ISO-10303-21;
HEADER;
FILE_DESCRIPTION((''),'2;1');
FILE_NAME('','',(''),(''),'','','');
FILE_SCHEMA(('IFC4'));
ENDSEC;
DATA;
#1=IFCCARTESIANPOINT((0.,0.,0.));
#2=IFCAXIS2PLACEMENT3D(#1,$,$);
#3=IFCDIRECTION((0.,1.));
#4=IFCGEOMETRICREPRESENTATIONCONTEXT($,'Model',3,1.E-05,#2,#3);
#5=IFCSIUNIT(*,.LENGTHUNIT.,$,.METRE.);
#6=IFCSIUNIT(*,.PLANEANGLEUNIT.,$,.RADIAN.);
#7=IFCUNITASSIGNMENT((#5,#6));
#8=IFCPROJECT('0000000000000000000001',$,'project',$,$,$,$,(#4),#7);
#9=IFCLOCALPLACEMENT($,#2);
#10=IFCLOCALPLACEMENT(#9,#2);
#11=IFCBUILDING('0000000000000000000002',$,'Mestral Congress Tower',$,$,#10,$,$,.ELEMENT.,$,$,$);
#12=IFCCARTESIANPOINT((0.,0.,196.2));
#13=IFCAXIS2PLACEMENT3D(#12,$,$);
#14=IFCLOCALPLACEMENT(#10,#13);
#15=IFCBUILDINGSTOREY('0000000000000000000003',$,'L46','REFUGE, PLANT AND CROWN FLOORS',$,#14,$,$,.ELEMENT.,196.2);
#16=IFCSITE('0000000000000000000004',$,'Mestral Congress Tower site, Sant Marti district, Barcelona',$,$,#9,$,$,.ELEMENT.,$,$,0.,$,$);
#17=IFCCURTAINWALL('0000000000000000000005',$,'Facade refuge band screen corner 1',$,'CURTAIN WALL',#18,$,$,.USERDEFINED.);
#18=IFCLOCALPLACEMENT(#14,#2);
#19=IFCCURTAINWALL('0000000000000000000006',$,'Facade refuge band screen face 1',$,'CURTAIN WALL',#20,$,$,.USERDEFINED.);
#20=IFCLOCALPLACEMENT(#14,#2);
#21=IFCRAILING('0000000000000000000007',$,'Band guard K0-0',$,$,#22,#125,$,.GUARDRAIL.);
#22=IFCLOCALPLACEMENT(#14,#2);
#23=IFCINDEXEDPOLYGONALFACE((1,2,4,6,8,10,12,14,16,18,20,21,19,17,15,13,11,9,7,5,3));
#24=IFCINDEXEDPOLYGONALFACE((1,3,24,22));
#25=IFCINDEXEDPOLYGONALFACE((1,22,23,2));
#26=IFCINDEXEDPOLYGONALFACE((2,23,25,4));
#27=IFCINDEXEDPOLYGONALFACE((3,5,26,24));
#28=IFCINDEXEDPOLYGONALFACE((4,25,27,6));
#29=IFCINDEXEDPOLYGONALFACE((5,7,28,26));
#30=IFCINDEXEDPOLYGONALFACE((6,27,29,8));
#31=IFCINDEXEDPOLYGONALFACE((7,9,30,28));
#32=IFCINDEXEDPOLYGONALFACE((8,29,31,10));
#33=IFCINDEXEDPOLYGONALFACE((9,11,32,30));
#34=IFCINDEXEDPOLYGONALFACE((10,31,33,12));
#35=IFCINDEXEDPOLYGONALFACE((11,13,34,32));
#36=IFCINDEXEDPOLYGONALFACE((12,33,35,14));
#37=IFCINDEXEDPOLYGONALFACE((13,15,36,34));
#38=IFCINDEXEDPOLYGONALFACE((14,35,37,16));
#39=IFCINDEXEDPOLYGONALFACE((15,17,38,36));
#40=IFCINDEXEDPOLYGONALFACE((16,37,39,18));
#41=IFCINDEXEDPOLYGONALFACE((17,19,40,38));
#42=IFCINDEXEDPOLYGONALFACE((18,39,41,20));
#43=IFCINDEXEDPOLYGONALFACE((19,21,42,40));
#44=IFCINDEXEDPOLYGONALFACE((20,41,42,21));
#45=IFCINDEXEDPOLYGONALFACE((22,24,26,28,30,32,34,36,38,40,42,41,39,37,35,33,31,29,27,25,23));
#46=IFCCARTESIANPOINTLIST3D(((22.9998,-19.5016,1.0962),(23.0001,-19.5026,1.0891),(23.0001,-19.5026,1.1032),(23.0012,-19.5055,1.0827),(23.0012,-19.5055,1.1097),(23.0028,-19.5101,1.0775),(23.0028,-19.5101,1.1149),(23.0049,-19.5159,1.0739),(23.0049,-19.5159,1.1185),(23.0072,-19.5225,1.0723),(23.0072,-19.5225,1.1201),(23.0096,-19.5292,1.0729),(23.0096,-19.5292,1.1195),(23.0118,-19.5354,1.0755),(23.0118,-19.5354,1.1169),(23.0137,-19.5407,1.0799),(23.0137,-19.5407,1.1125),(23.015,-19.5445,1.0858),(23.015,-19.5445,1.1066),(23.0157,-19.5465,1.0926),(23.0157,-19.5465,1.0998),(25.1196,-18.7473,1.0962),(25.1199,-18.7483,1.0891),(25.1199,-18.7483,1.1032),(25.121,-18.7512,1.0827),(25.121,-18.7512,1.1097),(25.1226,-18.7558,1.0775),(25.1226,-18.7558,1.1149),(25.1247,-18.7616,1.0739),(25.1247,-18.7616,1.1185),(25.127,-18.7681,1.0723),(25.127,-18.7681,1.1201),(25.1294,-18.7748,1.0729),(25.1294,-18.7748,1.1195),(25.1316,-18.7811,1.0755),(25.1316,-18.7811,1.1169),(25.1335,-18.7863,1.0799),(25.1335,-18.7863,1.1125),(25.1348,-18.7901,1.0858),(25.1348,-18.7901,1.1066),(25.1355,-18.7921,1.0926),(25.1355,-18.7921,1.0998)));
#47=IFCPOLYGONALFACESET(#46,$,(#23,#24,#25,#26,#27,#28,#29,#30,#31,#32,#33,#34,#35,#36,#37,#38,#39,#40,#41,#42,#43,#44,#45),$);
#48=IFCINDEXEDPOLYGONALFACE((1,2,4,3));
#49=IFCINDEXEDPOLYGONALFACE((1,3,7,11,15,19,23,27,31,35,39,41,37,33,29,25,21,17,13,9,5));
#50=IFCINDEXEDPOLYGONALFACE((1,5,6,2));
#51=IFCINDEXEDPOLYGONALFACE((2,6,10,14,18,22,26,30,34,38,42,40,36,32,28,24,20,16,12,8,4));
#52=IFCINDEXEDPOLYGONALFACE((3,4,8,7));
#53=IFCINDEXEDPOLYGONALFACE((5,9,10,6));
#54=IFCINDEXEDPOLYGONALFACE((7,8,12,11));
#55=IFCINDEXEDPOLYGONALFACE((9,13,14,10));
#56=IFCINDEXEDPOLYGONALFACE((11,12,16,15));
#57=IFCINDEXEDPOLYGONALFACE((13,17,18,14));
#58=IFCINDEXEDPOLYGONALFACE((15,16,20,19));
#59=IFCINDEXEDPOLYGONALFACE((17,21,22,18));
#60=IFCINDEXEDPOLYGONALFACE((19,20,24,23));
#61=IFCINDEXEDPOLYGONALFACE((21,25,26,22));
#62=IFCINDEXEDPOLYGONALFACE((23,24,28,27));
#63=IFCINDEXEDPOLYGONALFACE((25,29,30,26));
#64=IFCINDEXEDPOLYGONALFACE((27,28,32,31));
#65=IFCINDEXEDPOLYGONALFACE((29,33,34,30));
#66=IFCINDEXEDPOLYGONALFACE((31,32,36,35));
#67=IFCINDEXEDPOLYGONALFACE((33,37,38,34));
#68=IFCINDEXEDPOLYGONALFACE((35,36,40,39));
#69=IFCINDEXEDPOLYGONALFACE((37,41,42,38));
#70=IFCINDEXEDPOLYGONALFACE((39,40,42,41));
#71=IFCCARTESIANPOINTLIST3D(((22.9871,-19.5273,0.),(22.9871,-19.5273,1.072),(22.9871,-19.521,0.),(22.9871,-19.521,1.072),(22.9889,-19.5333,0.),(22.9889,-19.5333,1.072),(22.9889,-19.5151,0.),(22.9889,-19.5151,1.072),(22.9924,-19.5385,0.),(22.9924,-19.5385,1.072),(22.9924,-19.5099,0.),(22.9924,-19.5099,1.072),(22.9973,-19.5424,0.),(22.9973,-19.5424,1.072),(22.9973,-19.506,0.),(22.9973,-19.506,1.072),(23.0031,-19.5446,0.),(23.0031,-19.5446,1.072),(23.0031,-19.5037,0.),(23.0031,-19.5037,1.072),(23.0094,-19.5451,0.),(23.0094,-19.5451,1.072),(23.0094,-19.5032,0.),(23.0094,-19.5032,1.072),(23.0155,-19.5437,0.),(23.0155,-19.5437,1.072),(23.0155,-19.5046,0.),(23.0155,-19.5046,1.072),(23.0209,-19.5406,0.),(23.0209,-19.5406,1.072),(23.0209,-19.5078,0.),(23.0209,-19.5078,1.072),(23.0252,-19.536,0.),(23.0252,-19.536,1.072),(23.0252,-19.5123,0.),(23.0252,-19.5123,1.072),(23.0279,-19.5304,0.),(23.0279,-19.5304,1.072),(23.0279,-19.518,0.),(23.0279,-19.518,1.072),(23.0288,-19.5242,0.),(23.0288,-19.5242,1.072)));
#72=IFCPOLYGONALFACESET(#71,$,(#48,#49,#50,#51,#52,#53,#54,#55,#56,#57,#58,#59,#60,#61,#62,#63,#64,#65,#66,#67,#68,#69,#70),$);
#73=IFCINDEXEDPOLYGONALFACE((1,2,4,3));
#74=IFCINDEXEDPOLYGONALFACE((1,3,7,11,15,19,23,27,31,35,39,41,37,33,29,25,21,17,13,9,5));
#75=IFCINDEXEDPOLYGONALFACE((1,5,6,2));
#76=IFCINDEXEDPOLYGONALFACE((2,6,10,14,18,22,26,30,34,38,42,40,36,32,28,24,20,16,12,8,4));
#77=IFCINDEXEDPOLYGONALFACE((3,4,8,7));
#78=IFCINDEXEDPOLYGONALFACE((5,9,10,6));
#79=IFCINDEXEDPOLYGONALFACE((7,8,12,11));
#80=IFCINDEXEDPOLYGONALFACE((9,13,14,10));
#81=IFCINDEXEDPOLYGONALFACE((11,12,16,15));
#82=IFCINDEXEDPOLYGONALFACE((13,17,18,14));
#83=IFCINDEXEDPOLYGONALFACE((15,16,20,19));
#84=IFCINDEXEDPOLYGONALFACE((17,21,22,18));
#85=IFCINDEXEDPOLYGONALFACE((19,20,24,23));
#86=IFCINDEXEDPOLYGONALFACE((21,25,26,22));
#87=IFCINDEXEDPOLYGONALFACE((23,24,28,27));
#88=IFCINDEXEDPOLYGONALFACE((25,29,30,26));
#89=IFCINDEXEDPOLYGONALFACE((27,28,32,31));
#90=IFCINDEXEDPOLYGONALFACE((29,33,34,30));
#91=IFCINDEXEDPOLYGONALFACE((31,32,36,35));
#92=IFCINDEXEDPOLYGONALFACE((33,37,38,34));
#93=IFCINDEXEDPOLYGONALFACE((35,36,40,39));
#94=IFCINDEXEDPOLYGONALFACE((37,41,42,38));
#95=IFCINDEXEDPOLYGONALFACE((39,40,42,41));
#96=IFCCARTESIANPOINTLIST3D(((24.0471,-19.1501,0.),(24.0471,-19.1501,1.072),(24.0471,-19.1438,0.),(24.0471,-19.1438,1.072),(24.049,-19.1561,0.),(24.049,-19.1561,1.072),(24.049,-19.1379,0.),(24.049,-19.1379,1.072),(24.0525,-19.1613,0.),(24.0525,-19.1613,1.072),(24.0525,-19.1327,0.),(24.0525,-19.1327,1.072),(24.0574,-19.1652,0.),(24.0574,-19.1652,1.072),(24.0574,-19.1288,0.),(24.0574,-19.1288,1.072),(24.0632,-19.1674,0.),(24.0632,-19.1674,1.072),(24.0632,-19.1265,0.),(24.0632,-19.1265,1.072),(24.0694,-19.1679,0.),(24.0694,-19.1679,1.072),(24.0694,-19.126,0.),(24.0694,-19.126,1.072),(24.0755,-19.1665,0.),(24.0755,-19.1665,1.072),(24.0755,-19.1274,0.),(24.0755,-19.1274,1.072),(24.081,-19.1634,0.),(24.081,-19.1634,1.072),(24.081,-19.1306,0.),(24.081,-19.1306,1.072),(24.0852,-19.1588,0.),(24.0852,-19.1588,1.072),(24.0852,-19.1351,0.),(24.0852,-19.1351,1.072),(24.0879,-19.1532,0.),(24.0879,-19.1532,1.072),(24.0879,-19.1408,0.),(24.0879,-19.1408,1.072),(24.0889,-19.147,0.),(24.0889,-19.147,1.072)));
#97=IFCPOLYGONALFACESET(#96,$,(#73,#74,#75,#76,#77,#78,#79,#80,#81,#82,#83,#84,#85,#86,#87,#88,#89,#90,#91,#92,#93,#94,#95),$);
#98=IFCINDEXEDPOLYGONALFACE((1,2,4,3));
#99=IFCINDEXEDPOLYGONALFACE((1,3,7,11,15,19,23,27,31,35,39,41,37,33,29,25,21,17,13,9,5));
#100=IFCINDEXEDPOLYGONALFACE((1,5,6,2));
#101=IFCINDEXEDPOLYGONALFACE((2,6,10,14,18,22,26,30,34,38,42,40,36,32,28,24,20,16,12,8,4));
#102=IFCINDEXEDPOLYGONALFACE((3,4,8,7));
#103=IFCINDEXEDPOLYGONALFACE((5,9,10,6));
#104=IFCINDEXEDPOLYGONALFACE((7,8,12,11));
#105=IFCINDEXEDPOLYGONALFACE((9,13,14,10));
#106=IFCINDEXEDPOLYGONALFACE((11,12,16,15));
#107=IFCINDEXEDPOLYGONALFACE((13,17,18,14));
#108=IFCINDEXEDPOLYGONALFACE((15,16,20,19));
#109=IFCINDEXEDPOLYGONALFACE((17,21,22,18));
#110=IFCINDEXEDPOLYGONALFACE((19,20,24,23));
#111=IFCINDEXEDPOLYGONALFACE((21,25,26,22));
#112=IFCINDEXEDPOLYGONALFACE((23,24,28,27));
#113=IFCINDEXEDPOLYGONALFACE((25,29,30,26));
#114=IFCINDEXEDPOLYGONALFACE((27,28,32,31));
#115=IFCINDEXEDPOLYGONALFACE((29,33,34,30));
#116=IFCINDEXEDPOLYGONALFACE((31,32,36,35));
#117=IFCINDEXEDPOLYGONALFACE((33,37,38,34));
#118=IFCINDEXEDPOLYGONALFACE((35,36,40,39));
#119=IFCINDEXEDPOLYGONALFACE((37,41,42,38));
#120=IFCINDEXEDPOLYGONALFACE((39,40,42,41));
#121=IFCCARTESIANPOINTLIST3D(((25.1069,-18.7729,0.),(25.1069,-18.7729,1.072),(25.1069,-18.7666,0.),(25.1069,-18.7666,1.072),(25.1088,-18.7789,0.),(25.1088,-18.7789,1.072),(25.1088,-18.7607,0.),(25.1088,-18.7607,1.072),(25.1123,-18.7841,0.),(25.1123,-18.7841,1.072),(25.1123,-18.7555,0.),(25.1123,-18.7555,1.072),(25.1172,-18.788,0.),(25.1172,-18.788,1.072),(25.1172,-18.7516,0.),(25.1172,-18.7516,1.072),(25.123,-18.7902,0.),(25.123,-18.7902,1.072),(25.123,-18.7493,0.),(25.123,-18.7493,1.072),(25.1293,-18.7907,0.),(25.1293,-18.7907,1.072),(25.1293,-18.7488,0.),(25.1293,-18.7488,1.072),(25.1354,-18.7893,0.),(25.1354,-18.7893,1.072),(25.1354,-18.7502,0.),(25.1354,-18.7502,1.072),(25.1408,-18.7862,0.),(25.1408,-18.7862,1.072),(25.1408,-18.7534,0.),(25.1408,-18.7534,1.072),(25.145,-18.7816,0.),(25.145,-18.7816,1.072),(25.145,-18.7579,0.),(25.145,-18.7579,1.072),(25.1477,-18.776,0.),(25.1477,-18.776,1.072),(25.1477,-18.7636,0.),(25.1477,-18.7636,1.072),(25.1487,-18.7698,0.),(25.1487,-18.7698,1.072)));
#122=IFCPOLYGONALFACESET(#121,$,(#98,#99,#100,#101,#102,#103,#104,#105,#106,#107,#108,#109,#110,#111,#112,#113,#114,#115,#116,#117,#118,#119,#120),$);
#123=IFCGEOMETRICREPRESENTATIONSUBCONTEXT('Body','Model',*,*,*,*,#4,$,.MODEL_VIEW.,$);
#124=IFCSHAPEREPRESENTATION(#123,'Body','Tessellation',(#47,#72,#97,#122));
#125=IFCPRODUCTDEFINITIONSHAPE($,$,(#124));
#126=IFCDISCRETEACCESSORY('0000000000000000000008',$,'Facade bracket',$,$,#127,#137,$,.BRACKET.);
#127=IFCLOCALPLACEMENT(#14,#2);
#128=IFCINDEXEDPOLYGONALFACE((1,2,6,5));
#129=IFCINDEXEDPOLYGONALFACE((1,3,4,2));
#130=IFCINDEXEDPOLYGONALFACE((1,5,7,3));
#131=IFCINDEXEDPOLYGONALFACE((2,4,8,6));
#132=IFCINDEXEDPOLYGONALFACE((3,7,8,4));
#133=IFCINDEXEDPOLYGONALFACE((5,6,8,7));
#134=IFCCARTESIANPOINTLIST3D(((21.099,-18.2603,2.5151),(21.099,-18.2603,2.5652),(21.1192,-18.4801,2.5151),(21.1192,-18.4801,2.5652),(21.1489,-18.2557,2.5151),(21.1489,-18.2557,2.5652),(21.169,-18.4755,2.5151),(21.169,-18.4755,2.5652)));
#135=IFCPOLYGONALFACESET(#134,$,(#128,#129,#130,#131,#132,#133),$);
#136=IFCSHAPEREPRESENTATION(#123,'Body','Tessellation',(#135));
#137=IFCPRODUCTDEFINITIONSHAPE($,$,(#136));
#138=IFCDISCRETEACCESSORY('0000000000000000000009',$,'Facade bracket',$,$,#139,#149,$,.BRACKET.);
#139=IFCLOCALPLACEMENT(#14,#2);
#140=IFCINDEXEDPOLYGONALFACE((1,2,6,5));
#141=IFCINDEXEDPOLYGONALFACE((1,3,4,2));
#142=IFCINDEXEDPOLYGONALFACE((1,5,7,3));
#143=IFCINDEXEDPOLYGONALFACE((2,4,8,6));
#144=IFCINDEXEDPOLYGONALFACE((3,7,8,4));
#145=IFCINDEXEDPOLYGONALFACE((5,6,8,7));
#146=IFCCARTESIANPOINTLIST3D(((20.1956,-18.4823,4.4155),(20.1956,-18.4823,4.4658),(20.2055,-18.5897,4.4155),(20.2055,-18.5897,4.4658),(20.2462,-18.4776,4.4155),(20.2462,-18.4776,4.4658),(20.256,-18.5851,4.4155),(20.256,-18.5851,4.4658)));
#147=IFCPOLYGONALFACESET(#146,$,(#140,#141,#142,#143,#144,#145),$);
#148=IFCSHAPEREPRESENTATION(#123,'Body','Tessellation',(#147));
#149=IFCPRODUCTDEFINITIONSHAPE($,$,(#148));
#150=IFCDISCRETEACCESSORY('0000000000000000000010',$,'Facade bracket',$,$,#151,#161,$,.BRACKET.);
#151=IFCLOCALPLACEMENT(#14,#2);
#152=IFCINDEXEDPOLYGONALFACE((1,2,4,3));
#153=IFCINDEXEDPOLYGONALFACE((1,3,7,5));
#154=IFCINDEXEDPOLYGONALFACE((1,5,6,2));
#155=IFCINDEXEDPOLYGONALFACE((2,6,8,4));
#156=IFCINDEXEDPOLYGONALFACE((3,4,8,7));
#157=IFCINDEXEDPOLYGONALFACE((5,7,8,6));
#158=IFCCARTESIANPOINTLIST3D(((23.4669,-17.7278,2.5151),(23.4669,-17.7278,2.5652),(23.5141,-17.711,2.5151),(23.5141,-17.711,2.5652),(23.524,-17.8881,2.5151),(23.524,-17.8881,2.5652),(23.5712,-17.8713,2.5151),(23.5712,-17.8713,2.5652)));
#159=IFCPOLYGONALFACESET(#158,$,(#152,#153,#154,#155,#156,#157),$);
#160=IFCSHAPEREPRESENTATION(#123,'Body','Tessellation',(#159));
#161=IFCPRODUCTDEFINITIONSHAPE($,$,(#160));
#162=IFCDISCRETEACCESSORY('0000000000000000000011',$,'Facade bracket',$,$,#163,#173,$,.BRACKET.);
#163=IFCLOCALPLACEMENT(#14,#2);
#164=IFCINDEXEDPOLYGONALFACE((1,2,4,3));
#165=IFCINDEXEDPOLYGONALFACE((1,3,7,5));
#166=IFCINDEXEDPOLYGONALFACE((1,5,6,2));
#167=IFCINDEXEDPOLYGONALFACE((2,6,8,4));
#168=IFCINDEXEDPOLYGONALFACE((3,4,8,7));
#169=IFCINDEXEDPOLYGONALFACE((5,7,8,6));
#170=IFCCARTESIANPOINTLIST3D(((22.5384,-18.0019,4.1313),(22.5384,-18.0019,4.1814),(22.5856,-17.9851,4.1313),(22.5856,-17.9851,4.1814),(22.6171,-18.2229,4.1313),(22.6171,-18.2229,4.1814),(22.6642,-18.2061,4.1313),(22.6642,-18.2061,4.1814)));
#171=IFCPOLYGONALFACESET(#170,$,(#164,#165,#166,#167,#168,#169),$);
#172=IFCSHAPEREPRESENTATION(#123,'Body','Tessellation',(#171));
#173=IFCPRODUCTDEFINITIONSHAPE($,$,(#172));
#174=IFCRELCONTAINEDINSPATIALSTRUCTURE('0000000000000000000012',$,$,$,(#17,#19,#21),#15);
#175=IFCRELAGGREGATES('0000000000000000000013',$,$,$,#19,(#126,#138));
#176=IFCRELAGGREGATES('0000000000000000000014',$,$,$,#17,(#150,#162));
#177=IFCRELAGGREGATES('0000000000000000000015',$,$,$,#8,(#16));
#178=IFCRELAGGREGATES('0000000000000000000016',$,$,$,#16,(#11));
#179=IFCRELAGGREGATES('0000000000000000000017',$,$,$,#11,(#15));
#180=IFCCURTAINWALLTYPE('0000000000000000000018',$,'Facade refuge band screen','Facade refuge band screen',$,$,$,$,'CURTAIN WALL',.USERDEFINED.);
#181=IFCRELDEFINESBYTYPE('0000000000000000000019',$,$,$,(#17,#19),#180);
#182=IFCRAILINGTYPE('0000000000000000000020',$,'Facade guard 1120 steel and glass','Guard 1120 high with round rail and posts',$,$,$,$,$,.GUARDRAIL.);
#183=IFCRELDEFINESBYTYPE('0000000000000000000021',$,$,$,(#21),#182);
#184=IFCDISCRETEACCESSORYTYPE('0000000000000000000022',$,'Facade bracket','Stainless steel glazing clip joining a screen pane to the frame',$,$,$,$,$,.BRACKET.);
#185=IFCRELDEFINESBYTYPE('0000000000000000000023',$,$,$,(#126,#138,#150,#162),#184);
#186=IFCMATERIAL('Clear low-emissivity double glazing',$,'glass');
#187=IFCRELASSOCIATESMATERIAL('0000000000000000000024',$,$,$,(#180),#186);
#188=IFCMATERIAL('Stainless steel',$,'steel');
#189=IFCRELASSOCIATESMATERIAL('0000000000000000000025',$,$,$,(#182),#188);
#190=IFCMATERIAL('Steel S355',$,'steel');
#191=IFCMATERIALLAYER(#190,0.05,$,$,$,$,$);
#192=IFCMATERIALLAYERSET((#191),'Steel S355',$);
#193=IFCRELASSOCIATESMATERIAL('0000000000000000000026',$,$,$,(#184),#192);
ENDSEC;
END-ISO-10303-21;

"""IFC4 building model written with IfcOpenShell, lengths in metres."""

from ifc_helpers import new_model, si_unit, direction, frame, origin, origin_2d, place, context, subcontext, project, spatial, rectangle, circle, extrude, material, layer, layer_set, type_object, element, aggregate, save


model = new_model("IFC4")

# Units and contexts
model_context = context("Model", 3, precision=1e-05, world=origin(), true_north=direction((0.0, 1.0)))
body_context = subcontext(model_context, "Body", "Model", "MODEL_VIEW")
ifc_project = project(units=[si_unit("LENGTHUNIT", "METRE"), si_unit("PLANEANGLEUNIT", "RADIAN")], contexts=[model_context])

# Site, building, storey
site_placement = place(None, origin())
site = spatial("IfcSite", under=ifc_project, at=site_placement, Name="Mestral Congress Tower site, Sant Marti district, Barcelona", CompositionType="ELEMENT", RefElevation=0.0)
building_placement = place(site_placement, origin())
building = spatial("IfcBuilding", under=site, at=building_placement, Name="Mestral Congress Tower", CompositionType="ELEMENT")
storey_placement = place(building_placement, frame((0.0, 0.0, 196.2)))
storey = spatial("IfcBuildingStorey", under=building, at=storey_placement, Name="L46", Description="REFUGE, PLANT AND CROWN FLOORS", CompositionType="ELEMENT", Elevation=196.2)

# Shared definitions
ifc_material_1 = material(Name="Steel S355", Category="steel")

# Curtain wall
ifc_material_2 = material(Name="Clear low-emissivity double glazing", Category="glass")
curtain_wall_type = type_object("IfcCurtainWallType", Name="Facade refuge band screen", Description="Facade refuge band screen", ElementType="CURTAIN WALL", PredefinedType="USERDEFINED", material=ifc_material_2)
placement = place(storey_placement, origin())
curtain_wall_1 = element("IfcCurtainWall", 1, at=placement, inside=storey, type_object=curtain_wall_type, Name="Facade refuge band screen corner 1", ObjectType="CURTAIN WALL", PredefinedType="USERDEFINED")

# Curtain wall
curtain_wall_2 = element("IfcCurtainWall", 2, at=placement, inside=storey, type_object=curtain_wall_type, Name="Facade refuge band screen face 1", ObjectType="CURTAIN WALL", PredefinedType="USERDEFINED")

# Railing
ifc_material_3 = material(Name="Stainless steel", Category="steel")
railing_type = type_object("IfcRailingType", Name="Facade guard 1120 steel and glass", Description="Guard 1120 high with round rail and posts", PredefinedType="GUARDRAIL", material=ifc_material_3)
railing_placement = place(storey_placement, frame((23.0078, -19.5242, 0.0)))
element("IfcRailing", 3, at=railing_placement, inside=storey, type_object=railing_type, Name="Band guard K0-0", PredefinedType="GUARDRAIL", context=body_context, shape_type="SweptSolid", body=[
    extrude(circle(Radius=0.0239, at=origin_2d()), frame((0.0, 0.0, 1.0962), z_axis=(0.942122, 0.335271, 0.0), x_axis=(-0.335271, 0.942122, 0.0)), (0.0, 0.0, 1.0), 2.25),
    extrude(circle(Radius=0.021, at=origin_2d()), origin(), (0.0, 0.0, 1.0), 1.072),
    extrude(circle(Radius=0.021, at=origin_2d()), frame((1.0601, 0.3772, 0.0)), (0.0, 0.0, 1.0), 1.072),
    extrude(circle(Radius=0.021, at=origin_2d()), frame((2.1199, 0.7544, 0.0)), (0.0, 0.0, 1.0), 1.072),
])

# Discrete accessories
ifc_layer_1 = layer(ifc_material_1, 0.05)
ifc_layer_set_1 = layer_set([ifc_layer_1], Name="Steel S355")
discrete_accessory_type = type_object("IfcDiscreteAccessoryType", Name="Facade bracket", Description="Stainless steel glazing clip joining a screen pane to the frame", PredefinedType="BRACKET", material=ifc_layer_set_1)
discrete_accessory_1_placement = place(storey_placement, frame((21.134, -18.3679, 2.5151), z_axis=(0.0, 0.0, 1.0), x_axis=(0.995809, 0.09146, 0.0)))
discrete_accessory_1 = element("IfcDiscreteAccessory", 4, at=discrete_accessory_1_placement, type_object=discrete_accessory_type, Name="Facade bracket", PredefinedType="BRACKET", context=body_context, shape_type="SweptSolid", body=[
    extrude(rectangle(XDim=0.05, YDim=0.2207, at=origin_2d()), origin(), (0.0, 0.0, 1.0), 0.05),
])
discrete_accessory_2_placement = place(storey_placement, frame((20.2258, -18.5337, 4.4155), z_axis=(0.0, 0.0, 1.0), x_axis=(0.995807, 0.091476, 0.0)))
discrete_accessory_2 = element("IfcDiscreteAccessory", 5, at=discrete_accessory_2_placement, type_object=discrete_accessory_type, Name="Facade bracket", PredefinedType="BRACKET", context=body_context, shape_type="SweptSolid", body=[
    extrude(rectangle(XDim=0.0508, YDim=0.1079, at=origin_2d()), origin(), (0.0, 0.0, 1.0), 0.0503),
])
aggregate(curtain_wall_2, [discrete_accessory_1, discrete_accessory_2])
discrete_accessory_3_placement = place(storey_placement, frame((23.519, -17.7996, 2.5151), z_axis=(0.0, 0.0, 1.0), x_axis=(0.942057, 0.335453, 0.0)))
discrete_accessory_3 = element("IfcDiscreteAccessory", 6, at=discrete_accessory_3_placement, type_object=discrete_accessory_type, Name="Facade bracket", PredefinedType="BRACKET", context=body_context, shape_type="SweptSolid", body=[
    extrude(rectangle(XDim=0.05, YDim=0.1702, at=origin_2d()), origin(), (0.0, 0.0, 1.0), 0.05),
])
discrete_accessory_4_placement = place(storey_placement, frame((22.6013, -18.104, 4.1313), z_axis=(0.0, 0.0, 1.0), x_axis=(0.9421, 0.335332, 0.0)))
discrete_accessory_4 = element("IfcDiscreteAccessory", 7, at=discrete_accessory_4_placement, type_object=discrete_accessory_type, Name="Facade bracket", PredefinedType="BRACKET", context=body_context, shape_type="SweptSolid", body=[
    extrude(rectangle(XDim=0.05, YDim=0.2346, at=origin_2d()), origin(), (0.0, 0.0, 1.0), 0.05),
])
aggregate(curtain_wall_1, [discrete_accessory_3, discrete_accessory_4])

save(model, "model.ifc")
